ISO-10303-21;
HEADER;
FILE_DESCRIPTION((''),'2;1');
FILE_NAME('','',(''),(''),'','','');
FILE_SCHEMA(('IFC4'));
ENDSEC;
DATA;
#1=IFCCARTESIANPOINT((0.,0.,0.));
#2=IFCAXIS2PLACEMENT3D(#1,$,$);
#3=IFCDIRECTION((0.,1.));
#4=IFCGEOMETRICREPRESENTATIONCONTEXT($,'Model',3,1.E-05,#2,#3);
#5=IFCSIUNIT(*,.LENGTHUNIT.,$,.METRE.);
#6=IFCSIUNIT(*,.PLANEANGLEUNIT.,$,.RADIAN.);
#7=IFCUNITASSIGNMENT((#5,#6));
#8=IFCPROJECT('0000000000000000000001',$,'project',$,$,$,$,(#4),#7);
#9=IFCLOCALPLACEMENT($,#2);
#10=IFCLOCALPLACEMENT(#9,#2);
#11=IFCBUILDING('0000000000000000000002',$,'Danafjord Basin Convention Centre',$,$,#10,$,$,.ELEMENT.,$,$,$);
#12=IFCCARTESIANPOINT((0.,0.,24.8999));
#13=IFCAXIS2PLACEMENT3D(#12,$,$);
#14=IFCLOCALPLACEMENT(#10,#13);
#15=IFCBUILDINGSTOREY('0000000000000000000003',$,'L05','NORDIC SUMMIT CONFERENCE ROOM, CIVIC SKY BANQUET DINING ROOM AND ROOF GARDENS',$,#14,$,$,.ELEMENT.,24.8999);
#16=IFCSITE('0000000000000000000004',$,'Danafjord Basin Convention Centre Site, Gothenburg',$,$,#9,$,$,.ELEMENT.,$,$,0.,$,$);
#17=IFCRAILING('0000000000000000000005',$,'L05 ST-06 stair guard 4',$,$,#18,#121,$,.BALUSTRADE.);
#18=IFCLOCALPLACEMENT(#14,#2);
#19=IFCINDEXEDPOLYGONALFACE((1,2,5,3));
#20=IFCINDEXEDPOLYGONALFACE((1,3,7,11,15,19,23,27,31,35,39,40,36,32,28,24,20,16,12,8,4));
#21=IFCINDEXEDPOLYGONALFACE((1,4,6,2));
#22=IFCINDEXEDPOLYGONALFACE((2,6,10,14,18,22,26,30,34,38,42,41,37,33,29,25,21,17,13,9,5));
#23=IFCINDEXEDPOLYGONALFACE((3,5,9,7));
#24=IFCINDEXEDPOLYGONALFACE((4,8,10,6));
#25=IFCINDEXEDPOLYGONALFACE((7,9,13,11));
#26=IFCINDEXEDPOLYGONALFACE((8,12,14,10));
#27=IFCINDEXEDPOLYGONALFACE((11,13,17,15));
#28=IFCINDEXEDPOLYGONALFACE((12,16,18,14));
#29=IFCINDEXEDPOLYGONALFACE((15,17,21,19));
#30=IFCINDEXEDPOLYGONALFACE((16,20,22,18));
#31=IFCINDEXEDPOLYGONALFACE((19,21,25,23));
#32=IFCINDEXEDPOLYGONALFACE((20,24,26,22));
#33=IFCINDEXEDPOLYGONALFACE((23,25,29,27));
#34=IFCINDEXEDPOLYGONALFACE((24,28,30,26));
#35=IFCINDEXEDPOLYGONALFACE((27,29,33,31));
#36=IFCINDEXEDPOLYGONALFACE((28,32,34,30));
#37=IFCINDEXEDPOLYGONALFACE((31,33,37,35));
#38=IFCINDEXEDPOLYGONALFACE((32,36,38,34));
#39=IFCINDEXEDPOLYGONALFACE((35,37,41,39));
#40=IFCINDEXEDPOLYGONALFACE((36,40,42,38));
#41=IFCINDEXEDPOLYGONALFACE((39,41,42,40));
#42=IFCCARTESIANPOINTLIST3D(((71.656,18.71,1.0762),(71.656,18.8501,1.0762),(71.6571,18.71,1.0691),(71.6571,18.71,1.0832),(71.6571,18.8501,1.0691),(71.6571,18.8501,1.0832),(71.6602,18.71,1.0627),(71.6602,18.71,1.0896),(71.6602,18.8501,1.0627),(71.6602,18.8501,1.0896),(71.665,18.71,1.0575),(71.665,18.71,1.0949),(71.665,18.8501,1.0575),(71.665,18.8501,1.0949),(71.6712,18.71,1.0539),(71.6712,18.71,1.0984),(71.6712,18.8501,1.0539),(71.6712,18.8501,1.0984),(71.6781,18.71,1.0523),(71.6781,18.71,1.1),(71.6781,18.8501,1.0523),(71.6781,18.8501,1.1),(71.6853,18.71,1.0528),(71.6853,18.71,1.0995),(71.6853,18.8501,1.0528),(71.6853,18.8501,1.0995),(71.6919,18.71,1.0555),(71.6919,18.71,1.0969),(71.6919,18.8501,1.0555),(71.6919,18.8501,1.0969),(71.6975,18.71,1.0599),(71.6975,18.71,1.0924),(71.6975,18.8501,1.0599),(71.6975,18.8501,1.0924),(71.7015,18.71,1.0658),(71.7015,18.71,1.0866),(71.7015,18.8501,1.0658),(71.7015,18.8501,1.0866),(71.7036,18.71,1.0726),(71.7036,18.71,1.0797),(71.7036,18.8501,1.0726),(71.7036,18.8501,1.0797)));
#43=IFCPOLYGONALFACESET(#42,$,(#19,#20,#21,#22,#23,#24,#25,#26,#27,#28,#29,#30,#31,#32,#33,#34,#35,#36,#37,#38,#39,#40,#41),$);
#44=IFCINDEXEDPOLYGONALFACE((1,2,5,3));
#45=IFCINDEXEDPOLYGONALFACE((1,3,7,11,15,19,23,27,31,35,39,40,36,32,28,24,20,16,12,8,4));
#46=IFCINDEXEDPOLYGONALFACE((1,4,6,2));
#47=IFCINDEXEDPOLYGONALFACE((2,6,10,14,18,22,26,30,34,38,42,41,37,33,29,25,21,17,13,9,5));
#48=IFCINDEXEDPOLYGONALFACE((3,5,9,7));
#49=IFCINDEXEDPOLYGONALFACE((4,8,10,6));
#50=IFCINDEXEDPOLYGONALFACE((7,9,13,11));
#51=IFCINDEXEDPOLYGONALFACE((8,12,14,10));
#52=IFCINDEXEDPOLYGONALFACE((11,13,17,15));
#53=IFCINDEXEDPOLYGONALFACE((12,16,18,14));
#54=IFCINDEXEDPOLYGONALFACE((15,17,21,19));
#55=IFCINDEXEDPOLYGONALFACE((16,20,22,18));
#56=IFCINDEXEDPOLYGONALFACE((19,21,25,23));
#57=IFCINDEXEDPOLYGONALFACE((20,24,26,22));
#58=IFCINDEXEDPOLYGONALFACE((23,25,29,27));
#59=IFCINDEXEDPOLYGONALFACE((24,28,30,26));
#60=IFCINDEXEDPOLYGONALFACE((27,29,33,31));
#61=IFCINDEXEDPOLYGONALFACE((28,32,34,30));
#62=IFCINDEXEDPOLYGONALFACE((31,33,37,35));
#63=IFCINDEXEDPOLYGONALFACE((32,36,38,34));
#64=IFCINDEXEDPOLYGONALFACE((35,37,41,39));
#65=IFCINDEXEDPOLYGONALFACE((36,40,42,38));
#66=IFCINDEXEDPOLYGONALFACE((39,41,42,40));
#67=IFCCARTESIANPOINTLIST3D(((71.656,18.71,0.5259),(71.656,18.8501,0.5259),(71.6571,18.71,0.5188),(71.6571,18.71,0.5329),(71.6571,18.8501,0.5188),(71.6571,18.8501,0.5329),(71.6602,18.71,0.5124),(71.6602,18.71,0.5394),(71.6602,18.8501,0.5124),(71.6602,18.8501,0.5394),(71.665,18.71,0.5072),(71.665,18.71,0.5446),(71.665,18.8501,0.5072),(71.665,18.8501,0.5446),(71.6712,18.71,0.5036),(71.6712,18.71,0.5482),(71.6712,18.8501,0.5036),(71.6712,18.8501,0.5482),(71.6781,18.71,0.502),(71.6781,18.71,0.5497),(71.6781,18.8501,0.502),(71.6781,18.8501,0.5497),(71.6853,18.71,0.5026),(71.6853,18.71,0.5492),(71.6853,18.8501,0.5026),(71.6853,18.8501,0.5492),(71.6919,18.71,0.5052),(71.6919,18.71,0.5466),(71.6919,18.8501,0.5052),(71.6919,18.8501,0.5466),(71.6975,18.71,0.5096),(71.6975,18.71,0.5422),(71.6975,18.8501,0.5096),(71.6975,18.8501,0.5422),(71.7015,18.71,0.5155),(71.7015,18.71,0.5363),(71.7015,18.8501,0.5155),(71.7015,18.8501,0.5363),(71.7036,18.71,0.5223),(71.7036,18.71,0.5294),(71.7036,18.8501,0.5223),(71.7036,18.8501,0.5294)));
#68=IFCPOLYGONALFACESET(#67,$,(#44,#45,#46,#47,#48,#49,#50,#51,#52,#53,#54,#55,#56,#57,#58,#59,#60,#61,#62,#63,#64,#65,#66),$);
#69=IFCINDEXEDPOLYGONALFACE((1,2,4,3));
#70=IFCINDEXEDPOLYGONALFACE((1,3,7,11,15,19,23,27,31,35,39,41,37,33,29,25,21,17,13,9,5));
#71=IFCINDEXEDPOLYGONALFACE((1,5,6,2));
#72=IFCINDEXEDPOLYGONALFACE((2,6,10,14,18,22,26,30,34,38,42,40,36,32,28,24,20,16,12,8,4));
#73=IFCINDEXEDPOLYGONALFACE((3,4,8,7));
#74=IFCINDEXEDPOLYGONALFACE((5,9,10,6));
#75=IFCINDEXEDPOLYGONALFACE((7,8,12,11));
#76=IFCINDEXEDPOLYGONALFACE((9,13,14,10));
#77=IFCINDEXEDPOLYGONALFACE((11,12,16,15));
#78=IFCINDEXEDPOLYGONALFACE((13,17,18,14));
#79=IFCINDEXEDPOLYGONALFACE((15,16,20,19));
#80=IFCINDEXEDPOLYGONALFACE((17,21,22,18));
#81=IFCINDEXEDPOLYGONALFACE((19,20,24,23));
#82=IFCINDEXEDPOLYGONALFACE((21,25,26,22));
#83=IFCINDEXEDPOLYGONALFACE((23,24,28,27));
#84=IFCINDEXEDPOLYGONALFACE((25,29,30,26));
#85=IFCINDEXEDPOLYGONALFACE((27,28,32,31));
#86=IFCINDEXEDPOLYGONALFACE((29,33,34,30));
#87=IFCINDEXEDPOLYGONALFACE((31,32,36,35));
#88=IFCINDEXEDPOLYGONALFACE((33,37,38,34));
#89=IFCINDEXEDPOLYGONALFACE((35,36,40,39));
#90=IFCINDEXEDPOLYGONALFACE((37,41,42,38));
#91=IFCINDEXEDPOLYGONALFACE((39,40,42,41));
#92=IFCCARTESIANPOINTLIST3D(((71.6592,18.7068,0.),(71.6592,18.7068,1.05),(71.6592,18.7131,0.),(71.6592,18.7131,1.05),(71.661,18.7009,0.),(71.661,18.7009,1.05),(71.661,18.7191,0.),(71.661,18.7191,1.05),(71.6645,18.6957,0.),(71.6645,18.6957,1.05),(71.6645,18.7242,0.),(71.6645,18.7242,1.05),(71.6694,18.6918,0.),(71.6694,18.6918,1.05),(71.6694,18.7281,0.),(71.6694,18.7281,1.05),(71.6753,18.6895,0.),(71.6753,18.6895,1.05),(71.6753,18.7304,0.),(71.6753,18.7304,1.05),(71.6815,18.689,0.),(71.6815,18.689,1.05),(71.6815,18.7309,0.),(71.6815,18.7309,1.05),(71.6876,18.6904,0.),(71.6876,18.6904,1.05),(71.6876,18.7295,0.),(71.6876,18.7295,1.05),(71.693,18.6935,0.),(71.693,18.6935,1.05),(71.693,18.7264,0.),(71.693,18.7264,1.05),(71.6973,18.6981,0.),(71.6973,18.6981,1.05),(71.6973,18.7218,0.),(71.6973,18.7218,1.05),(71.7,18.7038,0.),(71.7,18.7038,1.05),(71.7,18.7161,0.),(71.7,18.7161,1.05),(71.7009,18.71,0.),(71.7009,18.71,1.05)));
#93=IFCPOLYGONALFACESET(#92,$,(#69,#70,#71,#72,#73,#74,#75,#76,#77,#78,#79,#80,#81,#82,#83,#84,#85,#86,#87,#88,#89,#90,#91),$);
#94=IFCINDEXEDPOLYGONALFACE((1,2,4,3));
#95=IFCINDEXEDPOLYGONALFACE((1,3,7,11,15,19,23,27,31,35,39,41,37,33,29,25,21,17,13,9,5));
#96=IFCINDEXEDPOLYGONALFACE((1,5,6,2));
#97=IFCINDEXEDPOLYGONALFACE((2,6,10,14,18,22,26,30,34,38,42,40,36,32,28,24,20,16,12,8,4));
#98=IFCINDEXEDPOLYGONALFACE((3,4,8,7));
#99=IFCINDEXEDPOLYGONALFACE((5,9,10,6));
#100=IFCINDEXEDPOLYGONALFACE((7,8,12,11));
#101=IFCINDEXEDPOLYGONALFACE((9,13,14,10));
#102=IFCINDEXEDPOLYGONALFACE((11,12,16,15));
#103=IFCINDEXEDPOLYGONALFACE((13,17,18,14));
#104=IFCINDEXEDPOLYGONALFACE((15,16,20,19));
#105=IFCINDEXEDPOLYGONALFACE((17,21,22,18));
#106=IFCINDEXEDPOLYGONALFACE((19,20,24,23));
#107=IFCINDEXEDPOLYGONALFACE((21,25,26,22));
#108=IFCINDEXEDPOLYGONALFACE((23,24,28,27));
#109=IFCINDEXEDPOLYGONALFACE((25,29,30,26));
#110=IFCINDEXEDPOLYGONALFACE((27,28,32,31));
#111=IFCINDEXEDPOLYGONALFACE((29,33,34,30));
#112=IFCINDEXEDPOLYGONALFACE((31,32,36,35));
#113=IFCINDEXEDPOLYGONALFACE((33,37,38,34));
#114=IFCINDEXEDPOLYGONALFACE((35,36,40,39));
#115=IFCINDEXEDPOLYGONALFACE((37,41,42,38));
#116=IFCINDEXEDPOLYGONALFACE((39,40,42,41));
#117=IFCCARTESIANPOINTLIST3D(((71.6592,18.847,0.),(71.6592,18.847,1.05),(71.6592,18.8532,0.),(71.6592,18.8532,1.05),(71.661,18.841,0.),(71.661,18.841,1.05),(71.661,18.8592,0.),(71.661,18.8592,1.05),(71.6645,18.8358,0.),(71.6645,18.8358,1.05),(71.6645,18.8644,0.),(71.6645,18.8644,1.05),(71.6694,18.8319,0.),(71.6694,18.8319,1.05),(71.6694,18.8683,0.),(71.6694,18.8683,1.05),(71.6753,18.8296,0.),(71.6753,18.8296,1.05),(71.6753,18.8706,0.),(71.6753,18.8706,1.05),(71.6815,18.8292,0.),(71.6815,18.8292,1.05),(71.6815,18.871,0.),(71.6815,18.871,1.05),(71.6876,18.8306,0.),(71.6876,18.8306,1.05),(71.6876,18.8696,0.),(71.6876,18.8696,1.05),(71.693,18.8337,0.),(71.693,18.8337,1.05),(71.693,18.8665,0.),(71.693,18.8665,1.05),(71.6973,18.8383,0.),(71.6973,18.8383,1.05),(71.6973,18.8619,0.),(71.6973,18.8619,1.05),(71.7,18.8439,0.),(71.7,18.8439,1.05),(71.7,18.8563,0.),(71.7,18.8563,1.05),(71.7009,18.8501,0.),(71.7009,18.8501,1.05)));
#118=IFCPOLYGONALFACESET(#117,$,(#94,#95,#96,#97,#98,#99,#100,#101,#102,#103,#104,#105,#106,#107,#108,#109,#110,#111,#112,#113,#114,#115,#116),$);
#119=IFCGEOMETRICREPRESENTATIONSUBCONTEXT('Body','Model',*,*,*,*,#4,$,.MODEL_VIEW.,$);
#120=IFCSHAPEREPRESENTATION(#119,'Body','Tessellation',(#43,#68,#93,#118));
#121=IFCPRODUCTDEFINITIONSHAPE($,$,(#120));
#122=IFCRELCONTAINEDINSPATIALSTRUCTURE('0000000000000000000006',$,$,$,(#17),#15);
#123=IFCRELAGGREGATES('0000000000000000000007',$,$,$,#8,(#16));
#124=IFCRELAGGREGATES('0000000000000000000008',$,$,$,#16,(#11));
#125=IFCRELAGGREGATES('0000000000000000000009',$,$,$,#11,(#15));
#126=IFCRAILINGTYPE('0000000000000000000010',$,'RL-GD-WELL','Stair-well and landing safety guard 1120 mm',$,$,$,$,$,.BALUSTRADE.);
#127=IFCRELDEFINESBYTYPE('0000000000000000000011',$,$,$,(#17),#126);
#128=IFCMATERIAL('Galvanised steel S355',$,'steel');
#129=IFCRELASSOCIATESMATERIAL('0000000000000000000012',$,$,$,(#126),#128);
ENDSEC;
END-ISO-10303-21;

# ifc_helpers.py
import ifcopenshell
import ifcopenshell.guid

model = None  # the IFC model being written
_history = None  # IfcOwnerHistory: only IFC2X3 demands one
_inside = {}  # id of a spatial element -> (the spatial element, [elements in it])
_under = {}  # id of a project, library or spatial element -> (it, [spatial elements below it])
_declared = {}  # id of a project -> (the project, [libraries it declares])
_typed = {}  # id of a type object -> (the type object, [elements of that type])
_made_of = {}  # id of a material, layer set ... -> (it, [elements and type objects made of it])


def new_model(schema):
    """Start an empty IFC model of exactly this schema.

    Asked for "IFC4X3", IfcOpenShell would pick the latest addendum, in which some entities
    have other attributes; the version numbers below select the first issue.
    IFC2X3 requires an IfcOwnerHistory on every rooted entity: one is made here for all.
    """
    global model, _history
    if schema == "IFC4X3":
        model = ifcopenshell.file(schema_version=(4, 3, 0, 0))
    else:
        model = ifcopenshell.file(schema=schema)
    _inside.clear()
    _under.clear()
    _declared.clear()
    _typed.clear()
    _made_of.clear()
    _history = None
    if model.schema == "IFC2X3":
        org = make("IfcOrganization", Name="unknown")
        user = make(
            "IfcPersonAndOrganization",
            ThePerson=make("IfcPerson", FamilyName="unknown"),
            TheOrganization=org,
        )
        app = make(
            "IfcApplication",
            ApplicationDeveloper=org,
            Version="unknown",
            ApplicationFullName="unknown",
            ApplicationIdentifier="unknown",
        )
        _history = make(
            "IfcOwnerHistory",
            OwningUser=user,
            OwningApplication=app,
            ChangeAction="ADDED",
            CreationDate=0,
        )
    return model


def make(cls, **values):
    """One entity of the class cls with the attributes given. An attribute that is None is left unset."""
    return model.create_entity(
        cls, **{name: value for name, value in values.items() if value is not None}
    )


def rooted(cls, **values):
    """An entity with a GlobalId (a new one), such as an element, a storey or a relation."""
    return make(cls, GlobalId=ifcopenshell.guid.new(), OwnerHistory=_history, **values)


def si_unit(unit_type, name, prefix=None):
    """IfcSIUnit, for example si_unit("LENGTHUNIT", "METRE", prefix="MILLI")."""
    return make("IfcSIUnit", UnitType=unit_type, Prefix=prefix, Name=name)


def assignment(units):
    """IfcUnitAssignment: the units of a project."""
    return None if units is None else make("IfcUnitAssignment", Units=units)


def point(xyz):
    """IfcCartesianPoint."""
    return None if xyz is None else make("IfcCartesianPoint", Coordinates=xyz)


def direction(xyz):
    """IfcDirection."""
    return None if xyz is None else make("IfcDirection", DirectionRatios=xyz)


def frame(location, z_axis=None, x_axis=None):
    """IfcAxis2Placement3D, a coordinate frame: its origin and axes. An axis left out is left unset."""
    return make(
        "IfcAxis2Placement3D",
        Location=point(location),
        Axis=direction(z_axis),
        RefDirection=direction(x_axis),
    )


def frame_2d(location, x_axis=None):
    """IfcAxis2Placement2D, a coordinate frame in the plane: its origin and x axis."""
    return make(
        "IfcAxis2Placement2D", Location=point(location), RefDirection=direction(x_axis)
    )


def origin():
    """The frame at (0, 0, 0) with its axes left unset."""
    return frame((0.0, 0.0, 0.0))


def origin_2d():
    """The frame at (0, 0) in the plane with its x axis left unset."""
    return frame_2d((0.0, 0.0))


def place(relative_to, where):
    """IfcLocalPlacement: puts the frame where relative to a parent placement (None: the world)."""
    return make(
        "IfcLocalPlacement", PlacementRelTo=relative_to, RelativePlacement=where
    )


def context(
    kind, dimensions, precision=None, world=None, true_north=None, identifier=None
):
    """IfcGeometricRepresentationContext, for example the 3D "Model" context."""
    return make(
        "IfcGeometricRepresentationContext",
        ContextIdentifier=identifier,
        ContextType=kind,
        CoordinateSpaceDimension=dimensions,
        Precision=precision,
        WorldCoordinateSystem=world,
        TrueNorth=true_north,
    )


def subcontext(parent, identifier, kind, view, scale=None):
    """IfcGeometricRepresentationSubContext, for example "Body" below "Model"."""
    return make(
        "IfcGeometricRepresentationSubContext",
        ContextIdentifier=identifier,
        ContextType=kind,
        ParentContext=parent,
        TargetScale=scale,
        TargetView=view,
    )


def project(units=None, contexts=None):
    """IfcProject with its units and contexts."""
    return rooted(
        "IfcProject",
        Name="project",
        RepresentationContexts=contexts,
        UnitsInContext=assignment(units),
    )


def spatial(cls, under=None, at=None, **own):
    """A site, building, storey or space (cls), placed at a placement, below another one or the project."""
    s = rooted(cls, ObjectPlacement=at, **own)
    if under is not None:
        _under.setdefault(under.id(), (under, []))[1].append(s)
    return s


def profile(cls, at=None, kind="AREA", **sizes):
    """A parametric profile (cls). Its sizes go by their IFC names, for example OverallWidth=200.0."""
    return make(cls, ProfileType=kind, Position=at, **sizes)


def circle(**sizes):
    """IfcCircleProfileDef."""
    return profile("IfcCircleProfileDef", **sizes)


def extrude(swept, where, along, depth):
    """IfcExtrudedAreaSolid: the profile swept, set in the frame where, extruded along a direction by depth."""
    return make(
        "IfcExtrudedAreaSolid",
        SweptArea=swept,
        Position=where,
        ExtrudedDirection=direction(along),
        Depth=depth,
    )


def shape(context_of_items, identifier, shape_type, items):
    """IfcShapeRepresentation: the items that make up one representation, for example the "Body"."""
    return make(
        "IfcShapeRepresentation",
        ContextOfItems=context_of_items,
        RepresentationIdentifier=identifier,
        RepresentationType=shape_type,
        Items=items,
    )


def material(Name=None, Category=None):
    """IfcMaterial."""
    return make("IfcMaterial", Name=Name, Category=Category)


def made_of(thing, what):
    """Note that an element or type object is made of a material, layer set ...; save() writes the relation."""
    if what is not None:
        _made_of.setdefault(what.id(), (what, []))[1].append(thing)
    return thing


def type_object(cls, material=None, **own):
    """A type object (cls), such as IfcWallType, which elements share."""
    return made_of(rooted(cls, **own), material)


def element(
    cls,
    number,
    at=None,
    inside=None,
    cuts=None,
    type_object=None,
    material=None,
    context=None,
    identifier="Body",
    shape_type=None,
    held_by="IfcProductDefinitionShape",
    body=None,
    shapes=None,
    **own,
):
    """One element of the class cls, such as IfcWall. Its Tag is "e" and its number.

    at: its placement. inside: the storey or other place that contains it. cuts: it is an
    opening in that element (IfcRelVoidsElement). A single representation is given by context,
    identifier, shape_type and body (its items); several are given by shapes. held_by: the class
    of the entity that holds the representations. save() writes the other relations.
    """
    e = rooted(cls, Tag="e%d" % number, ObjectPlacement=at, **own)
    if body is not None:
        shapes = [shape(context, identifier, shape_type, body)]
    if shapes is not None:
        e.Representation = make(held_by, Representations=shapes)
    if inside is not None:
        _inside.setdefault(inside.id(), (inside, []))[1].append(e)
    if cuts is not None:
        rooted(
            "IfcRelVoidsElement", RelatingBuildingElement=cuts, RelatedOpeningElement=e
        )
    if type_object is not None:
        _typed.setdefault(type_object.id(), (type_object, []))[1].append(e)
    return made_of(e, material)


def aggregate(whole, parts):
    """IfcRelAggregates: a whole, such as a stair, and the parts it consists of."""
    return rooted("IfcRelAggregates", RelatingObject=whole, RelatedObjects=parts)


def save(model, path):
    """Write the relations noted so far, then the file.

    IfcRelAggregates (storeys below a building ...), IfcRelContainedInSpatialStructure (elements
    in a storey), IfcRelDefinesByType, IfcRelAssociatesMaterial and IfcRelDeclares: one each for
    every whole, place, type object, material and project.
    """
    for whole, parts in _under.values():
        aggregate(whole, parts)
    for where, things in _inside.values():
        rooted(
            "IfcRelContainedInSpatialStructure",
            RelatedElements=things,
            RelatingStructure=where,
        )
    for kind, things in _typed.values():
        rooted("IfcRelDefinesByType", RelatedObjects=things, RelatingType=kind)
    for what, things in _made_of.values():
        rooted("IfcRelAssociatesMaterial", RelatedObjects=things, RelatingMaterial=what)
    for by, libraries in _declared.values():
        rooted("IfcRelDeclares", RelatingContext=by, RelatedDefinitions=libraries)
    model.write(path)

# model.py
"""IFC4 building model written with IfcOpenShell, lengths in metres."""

from ifc_helpers import new_model, si_unit, direction, frame, origin, origin_2d, place, context, subcontext, project, spatial, circle, extrude, material, type_object, element, save


model = new_model("IFC4")

# Units and contexts
model_context = context("Model", 3, precision=1e-05, world=origin(), true_north=direction((0.0, 1.0)))
body_context = subcontext(model_context, "Body", "Model", "MODEL_VIEW")
ifc_project = project(units=[si_unit("LENGTHUNIT", "METRE"), si_unit("PLANEANGLEUNIT", "RADIAN")], contexts=[model_context])

# Site, building, storey
site_placement = place(None, origin())
site = spatial("IfcSite", under=ifc_project, at=site_placement, Name="Danafjord Basin Convention Centre Site, Gothenburg", CompositionType="ELEMENT", RefElevation=0.0)
building_placement = place(site_placement, origin())
building = spatial("IfcBuilding", under=site, at=building_placement, Name="Danafjord Basin Convention Centre", CompositionType="ELEMENT")
storey_placement = place(building_placement, frame((0.0, 0.0, 24.8999)))
storey = spatial("IfcBuildingStorey", under=building, at=storey_placement, Name="L05", Description="NORDIC SUMMIT CONFERENCE ROOM, CIVIC SKY BANQUET DINING ROOM AND ROOF GARDENS", CompositionType="ELEMENT", Elevation=24.8999)

# Railing
ifc_material_1 = material(Name="Galvanised steel S355", Category="steel")
railing_type_1 = type_object("IfcRailingType", Name="RL-GD-WELL", Description="Stair-well and landing safety guard 1120 mm", PredefinedType="BALUSTRADE", material=ifc_material_1)
railing_1_placement = place(storey_placement, frame((71.6799, 18.71, 0.0)))
element("IfcRailing", 1, at=railing_1_placement, inside=storey, type_object=railing_type_1, Name="L05 ST-06 stair guard 4", PredefinedType="BALUSTRADE", context=body_context, shape_type="SweptSolid", body=[
    extrude(circle(Radius=0.0239, at=origin_2d()), frame((0.0, 0.0, 1.0762), z_axis=(0.0, 1.0, 0.0), x_axis=(-1.0, 0.0, 0.0)), (0.0, 0.0, 1.0), 0.1401),
    extrude(circle(Radius=0.0239, at=origin_2d()), frame((0.0, 0.0, 0.5259), z_axis=(0.0, 1.0, 0.0), x_axis=(-1.0, 0.0, 0.0)), (0.0, 0.0, 1.0), 0.1401),
    extrude(circle(Radius=0.021, at=origin_2d()), origin(), (0.0, 0.0, 1.0), 1.05),
    extrude(circle(Radius=0.021, at=origin_2d()), frame((0.0, 0.1401, 0.0)), (0.0, 0.0, 1.0), 1.05),
])

save(model, "model.ifc")
